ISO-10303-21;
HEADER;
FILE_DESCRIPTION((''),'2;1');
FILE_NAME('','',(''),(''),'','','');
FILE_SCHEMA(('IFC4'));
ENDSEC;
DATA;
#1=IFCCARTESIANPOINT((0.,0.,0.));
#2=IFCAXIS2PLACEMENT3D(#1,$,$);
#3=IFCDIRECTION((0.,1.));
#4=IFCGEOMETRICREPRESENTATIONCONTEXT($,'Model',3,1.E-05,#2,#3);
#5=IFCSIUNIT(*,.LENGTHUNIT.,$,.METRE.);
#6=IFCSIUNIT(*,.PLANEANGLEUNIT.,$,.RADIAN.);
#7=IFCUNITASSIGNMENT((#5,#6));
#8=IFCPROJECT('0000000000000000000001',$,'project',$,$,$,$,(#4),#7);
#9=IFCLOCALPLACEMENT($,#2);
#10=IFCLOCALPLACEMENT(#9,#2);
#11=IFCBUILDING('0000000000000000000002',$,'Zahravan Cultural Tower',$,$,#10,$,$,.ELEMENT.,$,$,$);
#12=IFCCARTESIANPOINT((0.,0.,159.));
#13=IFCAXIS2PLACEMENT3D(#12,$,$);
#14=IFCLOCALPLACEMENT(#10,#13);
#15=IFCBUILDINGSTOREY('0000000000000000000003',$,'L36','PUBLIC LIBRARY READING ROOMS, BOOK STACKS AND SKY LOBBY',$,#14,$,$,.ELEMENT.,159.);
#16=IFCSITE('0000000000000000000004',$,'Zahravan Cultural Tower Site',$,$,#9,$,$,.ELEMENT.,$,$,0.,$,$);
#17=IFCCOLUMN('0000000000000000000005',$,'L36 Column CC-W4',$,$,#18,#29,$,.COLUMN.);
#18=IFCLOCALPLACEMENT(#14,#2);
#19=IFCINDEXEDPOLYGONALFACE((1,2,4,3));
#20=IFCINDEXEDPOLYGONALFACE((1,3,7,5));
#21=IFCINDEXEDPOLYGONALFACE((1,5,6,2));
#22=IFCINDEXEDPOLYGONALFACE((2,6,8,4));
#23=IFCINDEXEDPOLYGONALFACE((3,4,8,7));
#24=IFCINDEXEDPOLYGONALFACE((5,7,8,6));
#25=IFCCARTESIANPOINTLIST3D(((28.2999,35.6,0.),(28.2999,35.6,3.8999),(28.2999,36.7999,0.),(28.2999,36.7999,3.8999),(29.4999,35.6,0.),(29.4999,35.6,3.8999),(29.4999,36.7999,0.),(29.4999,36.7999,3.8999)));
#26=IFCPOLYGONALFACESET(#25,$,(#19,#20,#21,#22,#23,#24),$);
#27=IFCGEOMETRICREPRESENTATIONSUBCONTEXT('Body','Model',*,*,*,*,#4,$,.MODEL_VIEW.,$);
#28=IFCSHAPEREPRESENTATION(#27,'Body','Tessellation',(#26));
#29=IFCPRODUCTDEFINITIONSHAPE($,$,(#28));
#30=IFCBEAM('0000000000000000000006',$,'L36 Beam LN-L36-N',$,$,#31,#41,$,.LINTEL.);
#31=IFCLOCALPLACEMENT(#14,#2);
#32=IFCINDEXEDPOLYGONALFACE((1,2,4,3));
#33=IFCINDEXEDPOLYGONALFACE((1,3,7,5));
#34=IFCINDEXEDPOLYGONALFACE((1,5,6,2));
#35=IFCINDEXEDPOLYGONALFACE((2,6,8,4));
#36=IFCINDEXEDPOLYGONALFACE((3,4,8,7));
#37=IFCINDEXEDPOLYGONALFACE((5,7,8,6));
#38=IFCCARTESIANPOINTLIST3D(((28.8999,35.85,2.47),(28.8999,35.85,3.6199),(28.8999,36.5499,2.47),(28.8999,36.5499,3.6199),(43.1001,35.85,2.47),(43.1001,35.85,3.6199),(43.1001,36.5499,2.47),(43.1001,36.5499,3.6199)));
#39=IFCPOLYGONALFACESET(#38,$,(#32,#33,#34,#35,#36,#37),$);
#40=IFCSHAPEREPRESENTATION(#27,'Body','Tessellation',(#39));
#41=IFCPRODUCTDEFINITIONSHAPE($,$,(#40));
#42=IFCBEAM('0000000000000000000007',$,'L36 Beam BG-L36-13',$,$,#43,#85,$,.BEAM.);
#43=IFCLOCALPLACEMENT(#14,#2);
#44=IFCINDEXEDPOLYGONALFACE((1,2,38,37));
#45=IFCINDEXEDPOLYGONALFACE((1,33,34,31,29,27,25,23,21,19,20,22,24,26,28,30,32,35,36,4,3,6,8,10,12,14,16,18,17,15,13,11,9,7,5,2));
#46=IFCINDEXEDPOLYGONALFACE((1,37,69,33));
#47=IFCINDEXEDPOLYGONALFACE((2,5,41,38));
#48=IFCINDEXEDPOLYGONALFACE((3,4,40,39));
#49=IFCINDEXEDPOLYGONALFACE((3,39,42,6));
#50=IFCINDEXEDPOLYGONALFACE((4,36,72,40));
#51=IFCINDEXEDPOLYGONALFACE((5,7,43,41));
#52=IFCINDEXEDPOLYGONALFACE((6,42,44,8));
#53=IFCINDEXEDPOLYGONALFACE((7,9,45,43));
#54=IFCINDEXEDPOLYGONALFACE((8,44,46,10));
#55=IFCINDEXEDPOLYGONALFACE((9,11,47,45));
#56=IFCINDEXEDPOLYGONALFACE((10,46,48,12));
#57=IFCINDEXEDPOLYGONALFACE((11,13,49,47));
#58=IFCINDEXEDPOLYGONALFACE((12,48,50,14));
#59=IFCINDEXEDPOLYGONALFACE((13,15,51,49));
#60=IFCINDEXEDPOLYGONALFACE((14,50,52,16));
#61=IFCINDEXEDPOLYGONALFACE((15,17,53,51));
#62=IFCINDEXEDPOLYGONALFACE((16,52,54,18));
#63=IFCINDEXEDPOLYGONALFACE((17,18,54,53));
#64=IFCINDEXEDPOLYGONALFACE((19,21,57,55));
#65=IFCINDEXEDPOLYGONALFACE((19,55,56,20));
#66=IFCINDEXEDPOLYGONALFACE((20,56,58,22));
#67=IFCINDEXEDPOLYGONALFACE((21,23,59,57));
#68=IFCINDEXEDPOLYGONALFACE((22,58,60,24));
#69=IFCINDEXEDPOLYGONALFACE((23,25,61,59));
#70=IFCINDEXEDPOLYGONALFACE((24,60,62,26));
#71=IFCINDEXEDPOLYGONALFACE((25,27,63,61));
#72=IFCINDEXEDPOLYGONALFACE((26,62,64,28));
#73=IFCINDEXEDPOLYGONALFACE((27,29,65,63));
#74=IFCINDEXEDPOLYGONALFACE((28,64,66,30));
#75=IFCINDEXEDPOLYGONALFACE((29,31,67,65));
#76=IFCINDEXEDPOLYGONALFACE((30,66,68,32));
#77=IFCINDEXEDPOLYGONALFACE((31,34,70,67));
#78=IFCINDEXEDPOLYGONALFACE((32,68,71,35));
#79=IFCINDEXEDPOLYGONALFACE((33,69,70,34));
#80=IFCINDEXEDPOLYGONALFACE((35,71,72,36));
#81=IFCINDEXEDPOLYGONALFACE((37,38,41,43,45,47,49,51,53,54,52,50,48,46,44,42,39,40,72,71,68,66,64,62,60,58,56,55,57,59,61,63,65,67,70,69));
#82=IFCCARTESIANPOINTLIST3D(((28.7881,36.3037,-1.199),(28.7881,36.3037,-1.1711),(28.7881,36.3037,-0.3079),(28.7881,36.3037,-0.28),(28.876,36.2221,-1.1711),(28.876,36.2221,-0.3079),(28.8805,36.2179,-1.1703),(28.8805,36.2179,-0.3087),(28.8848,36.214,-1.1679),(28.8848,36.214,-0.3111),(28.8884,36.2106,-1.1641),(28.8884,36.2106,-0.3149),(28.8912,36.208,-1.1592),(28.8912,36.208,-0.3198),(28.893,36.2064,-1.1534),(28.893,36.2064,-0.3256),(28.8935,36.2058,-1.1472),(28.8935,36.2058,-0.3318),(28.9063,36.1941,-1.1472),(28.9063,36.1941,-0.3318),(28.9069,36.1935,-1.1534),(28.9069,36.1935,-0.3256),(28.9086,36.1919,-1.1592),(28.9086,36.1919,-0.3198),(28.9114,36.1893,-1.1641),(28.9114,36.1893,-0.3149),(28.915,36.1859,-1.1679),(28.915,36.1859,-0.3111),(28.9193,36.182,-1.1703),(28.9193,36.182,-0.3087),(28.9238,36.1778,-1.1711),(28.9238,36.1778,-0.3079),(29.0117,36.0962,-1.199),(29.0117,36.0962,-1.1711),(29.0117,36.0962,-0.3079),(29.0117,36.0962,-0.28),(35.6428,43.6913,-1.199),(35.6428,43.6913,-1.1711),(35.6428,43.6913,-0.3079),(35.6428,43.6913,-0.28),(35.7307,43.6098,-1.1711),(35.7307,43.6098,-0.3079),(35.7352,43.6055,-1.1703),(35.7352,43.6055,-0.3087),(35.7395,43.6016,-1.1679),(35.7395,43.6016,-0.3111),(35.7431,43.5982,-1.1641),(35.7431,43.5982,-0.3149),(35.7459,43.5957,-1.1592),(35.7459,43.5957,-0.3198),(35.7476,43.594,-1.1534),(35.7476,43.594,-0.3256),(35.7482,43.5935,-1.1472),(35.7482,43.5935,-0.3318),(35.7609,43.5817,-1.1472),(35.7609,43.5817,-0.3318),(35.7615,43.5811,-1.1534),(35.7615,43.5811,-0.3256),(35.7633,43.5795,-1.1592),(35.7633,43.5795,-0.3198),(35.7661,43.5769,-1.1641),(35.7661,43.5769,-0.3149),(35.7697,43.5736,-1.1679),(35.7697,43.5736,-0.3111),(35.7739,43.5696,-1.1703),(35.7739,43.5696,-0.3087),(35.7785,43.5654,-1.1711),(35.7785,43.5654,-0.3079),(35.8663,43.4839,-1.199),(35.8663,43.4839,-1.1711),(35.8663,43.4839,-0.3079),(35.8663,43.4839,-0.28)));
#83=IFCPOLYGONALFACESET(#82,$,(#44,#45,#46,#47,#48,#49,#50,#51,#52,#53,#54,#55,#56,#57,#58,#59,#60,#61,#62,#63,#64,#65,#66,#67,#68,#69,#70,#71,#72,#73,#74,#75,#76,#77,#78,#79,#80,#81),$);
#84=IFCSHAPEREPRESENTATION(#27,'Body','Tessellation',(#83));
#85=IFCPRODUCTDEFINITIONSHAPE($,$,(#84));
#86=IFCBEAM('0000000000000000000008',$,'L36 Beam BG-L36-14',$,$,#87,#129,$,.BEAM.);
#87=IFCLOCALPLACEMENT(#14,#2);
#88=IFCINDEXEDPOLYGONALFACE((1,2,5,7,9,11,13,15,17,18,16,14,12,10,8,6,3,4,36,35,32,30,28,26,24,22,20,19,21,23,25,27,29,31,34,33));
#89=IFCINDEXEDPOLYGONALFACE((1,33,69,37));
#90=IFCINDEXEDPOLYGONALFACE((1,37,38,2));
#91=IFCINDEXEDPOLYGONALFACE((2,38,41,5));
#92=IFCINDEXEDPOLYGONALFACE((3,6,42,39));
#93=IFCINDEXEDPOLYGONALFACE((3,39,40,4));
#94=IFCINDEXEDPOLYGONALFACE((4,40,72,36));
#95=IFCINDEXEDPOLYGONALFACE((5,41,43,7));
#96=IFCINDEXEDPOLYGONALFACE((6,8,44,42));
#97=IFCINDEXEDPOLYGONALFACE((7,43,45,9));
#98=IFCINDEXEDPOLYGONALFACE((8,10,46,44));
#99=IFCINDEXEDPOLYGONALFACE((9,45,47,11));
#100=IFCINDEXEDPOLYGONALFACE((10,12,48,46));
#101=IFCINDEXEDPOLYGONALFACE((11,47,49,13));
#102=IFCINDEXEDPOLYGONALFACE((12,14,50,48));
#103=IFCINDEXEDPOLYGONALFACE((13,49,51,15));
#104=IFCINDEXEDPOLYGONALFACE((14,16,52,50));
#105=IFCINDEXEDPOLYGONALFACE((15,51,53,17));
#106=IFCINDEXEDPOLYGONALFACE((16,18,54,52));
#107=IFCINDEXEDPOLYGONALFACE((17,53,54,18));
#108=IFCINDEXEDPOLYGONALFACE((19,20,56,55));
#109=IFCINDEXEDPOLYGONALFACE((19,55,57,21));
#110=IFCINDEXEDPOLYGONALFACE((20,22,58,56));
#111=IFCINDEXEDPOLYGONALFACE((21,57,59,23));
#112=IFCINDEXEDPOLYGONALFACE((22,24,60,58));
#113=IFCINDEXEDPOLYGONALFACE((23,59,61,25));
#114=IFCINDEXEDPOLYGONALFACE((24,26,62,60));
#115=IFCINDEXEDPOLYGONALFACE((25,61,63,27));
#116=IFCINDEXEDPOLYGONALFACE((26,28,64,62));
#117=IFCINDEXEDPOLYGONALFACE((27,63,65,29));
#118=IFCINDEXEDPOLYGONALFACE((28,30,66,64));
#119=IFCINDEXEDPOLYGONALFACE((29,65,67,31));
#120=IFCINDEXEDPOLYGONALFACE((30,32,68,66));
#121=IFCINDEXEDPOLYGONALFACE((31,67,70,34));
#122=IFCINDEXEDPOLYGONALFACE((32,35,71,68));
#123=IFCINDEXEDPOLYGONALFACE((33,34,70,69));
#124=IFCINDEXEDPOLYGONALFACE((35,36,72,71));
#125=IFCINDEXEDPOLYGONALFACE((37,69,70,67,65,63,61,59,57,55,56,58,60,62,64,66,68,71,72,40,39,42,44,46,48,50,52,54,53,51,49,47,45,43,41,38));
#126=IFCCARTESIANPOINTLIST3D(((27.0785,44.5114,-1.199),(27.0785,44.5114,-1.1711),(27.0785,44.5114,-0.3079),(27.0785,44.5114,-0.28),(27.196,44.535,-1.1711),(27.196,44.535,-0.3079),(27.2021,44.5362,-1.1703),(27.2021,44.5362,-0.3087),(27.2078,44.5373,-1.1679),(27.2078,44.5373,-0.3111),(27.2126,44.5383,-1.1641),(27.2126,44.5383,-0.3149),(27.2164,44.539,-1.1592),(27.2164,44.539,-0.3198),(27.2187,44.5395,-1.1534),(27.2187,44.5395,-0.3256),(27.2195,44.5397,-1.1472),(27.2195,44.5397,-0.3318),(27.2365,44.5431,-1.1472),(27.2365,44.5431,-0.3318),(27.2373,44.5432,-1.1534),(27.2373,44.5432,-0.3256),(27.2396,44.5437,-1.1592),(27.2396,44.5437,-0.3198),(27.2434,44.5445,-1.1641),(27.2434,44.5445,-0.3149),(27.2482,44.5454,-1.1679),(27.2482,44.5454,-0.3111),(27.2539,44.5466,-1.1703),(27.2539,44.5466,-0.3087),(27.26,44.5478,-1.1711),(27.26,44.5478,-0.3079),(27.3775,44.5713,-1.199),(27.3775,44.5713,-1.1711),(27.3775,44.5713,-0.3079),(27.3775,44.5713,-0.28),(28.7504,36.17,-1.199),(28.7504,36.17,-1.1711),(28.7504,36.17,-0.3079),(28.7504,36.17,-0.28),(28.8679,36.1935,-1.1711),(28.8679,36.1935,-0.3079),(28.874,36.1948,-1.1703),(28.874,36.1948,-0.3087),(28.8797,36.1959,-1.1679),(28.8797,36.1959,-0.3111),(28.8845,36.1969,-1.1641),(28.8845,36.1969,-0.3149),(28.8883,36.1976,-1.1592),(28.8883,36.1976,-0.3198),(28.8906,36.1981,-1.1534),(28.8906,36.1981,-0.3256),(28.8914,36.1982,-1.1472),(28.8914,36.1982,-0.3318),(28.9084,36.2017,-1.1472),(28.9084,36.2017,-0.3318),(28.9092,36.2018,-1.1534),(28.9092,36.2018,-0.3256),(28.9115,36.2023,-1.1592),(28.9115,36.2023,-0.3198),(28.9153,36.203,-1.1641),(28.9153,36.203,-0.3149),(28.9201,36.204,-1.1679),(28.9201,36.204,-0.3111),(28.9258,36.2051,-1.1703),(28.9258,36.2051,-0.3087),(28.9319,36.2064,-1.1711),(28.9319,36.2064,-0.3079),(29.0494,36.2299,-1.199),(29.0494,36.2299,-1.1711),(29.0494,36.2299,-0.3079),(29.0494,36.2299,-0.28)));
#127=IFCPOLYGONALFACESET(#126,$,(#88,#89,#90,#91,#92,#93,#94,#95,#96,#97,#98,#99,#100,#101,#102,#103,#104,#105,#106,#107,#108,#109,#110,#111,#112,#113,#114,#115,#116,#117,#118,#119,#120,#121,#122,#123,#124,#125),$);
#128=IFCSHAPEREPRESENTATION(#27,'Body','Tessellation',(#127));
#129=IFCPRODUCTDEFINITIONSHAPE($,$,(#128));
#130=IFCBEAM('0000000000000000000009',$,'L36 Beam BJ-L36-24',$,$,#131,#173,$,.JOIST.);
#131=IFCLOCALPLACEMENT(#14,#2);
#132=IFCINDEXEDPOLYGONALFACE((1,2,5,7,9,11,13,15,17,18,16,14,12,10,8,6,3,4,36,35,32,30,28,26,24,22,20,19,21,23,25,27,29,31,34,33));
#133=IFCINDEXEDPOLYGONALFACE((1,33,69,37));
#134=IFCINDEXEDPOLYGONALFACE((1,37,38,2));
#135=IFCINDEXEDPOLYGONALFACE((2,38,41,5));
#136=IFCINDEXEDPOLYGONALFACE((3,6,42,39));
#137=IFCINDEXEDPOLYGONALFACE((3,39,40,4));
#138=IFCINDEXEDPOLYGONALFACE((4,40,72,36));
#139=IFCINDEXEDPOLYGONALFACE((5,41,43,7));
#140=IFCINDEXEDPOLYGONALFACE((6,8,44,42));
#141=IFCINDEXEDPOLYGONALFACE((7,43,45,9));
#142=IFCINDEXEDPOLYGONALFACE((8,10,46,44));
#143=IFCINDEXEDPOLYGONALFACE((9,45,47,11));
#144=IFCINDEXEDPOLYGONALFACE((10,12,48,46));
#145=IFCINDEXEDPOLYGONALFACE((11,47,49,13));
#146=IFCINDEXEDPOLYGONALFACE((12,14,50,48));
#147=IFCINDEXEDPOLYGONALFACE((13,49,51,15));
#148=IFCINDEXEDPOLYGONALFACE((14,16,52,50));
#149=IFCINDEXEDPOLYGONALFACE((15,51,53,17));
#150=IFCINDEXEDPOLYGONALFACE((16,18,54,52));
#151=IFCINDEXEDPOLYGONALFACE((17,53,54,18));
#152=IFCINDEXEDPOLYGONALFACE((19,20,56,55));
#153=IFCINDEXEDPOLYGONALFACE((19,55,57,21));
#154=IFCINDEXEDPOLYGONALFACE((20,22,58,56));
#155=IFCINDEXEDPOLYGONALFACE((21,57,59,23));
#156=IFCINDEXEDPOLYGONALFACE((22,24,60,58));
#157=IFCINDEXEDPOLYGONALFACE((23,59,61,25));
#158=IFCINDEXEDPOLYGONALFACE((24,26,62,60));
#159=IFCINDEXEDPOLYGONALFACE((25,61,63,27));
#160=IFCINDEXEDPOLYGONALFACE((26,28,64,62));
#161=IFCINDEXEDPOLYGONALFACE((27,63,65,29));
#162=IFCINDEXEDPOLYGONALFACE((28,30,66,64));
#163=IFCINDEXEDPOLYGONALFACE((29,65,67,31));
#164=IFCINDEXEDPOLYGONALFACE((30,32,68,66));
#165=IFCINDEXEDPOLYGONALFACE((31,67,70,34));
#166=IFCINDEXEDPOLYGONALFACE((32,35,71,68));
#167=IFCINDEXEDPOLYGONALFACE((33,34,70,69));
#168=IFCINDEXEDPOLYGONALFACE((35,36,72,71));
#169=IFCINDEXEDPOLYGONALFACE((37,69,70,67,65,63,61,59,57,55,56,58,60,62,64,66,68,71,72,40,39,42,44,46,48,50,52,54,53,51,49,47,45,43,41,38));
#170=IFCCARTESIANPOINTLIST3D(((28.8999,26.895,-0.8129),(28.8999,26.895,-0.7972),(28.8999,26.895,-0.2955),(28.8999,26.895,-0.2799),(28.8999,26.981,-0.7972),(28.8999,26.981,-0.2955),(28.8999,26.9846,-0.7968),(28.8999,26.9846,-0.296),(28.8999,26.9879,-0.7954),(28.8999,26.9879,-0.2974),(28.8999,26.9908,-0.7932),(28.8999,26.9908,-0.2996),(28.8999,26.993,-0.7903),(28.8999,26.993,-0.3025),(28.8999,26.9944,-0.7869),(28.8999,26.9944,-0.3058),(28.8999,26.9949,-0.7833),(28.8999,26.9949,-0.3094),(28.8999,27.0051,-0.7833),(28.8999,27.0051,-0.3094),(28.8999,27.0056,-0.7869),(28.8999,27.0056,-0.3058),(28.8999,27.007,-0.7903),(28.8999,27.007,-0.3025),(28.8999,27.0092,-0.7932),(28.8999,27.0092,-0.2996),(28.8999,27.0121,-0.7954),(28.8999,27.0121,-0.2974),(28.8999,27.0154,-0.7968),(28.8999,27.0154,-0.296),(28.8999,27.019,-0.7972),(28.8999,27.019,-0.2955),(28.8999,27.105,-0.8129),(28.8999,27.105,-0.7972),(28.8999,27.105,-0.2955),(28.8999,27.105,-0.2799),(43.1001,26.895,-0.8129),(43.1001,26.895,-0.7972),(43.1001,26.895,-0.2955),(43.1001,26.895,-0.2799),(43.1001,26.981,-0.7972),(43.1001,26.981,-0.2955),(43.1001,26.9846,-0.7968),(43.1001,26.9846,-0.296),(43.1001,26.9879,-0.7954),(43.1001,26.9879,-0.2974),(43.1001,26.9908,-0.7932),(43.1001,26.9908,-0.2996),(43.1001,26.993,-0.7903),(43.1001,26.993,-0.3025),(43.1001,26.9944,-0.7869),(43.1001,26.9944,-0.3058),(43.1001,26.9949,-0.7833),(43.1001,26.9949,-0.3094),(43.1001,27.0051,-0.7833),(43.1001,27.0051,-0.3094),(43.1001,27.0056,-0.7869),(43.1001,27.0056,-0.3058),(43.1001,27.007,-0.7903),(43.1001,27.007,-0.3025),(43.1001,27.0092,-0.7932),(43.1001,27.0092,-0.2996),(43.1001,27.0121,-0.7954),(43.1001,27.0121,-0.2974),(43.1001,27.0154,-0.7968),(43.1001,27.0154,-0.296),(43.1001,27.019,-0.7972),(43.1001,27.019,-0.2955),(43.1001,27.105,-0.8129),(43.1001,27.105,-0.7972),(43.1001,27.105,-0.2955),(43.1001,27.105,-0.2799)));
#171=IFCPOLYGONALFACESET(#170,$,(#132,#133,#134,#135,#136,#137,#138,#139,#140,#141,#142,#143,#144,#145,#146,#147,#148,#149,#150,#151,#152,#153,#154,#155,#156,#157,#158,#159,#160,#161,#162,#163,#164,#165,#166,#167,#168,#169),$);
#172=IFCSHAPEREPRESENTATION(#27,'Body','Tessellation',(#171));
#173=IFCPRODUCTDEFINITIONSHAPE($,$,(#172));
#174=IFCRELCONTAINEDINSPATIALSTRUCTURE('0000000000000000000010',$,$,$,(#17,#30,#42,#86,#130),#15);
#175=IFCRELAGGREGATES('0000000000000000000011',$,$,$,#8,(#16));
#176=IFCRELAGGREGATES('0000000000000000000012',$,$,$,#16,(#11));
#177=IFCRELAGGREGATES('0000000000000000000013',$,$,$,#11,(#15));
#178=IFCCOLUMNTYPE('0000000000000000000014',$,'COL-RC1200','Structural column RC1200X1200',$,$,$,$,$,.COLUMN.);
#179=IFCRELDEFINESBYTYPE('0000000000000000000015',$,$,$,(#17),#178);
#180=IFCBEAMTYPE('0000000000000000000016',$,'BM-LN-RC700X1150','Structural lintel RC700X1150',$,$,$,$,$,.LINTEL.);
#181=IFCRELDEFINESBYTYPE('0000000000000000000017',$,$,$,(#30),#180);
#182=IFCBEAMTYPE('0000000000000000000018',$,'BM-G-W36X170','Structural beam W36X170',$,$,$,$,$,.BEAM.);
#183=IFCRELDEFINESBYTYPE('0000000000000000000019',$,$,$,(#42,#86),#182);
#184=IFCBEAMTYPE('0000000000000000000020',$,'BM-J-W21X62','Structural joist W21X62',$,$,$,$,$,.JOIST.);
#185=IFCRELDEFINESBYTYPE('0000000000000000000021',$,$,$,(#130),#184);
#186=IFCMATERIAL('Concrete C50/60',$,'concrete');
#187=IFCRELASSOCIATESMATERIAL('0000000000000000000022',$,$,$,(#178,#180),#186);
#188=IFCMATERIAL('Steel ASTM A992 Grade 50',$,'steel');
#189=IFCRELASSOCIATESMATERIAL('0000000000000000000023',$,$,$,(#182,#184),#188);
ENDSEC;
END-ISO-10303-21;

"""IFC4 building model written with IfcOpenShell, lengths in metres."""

from ifc_helpers import new_model, si_unit, direction, frame, origin, origin_2d, place, context, subcontext, project, spatial, rectangle, i_section, extrude, source, transform, mapped, material, material_profile, profile_set, type_object, element, save


model = new_model("IFC4")

# Units and contexts
model_context = context("Model", 3, precision=1e-05, world=origin(), true_north=direction((0.0, 1.0)))
body_context = subcontext(model_context, "Body", "Model", "MODEL_VIEW")
ifc_project = project(units=[si_unit("LENGTHUNIT", "METRE"), si_unit("PLANEANGLEUNIT", "RADIAN")], contexts=[model_context])

# Site, building, storey
site_placement = place(None, origin())
site = spatial("IfcSite", under=ifc_project, at=site_placement, Name="Zahravan Cultural Tower Site", CompositionType="ELEMENT", RefElevation=0.0)
building_placement = place(site_placement, origin())
building = spatial("IfcBuilding", under=site, at=building_placement, Name="Zahravan Cultural Tower", CompositionType="ELEMENT")
storey_placement = place(building_placement, frame((0.0, 0.0, 159.0)))
storey = spatial("IfcBuildingStorey", under=building, at=storey_placement, Name="L36", Description="PUBLIC LIBRARY READING ROOMS, BOOK STACKS AND SKY LOBBY", CompositionType="ELEMENT", Elevation=159.0)

# Column
ifc_material_1 = material(Name="Concrete C50/60", Category="concrete")
ifc_material_profile_1 = material_profile(ifc_material_1, rectangle(XDim=1.2, YDim=1.2, at=origin_2d()), Name="RC1200X1200")
ifc_profile_set_1 = profile_set([ifc_material_profile_1], Name="Concrete C50/60")
column_type = type_object("IfcColumnType", Name="COL-RC1200", Description="Structural column RC1200X1200", PredefinedType="COLUMN", material=ifc_profile_set_1)
shared_shape_1 = source(origin(), body_context, "Body", "SweptSolid", [
    extrude(rectangle(XDim=1.2, YDim=1.2, at=origin_2d()), origin(), (0.0, 0.0, 1.0), 3.8999),
])
column_placement = place(storey_placement, frame((28.8999, 36.2, 0.0), z_axis=(0.0, 0.0, 1.0), x_axis=(1.0, 0.0, 0.0)))
element("IfcColumn", 1, at=column_placement, inside=storey, type_object=column_type, Name="L36 Column CC-W4", PredefinedType="COLUMN", context=body_context, shape_type="MappedRepresentation", body=[
    mapped(shared_shape_1, transform((0.0, 0.0, 0.0), x_axis=(1.0, 0.0, 0.0), y_axis=(0.0, 1.0, 0.0), z_axis=(0.0, 0.0, 1.0), scale=1.0)),
])

# Beams
ifc_material_profile_2 = material_profile(ifc_material_1, rectangle(XDim=0.7, YDim=1.1499, at=origin_2d()), Name="RC700X1150")
ifc_profile_set_2 = profile_set([ifc_material_profile_2], Name="Concrete C50/60")
beam_type_1 = type_object("IfcBeamType", Name="BM-LN-RC700X1150", Description="Structural lintel RC700X1150", PredefinedType="LINTEL", material=ifc_profile_set_2)
shared_shape_2 = source(origin(), body_context, "Body", "SweptSolid", [
    extrude(rectangle(XDim=0.7, YDim=1.1499, at=origin_2d()), origin(), (0.0, 0.0, 1.0), 14.2002),
])
beam_1_placement = place(storey_placement, frame((28.8999, 36.2, 3.0449), z_axis=(1.0, 0.0, 0.0), x_axis=(0.0, 1.0, 0.0)))
element("IfcBeam", 2, at=beam_1_placement, inside=storey, type_object=beam_type_1, Name="L36 Beam LN-L36-N", PredefinedType="LINTEL", context=body_context, shape_type="MappedRepresentation", body=[
    mapped(shared_shape_2, transform((0.0, 0.0, 0.0), x_axis=(1.0, 0.0, 0.0), y_axis=(0.0, 1.0, 0.0), z_axis=(0.0, 0.0, 1.0), scale=1.0)),
])
ifc_material_2 = material(Name="Steel ASTM A992 Grade 50", Category="steel")
ifc_material_profile_3 = material_profile(ifc_material_2, i_section(OverallWidth=0.3049, OverallDepth=0.9189, WebThickness=0.0173, FlangeThickness=0.0278, FilletRadius=0.0239, at=origin_2d()), Name="W36X170")
ifc_profile_set_3 = profile_set([ifc_material_profile_3], Name="Steel ASTM A992 Grade 50")
beam_type_2 = type_object("IfcBeamType", Name="BM-G-W36X170", Description="Structural beam W36X170", PredefinedType="BEAM", material=ifc_profile_set_3)
shared_shape_3 = source(origin(), body_context, "Body", "SweptSolid", [
    extrude(i_section(OverallWidth=0.3049, OverallDepth=0.9189, WebThickness=0.0173, FlangeThickness=0.0278, FilletRadius=0.0239, at=origin_2d()), origin(), (0.0, 0.0, 1.0), 10.0779),
])
beam_2_placement = place(storey_placement, frame((28.8999, 36.2, -0.7395), z_axis=(0.68017, 0.733054, 0.0), x_axis=(-0.733054, 0.68017, 0.0)))
element("IfcBeam", 3, at=beam_2_placement, inside=storey, type_object=beam_type_2, Name="L36 Beam BG-L36-13", PredefinedType="BEAM", context=body_context, shape_type="MappedRepresentation", body=[
    mapped(shared_shape_3, transform((0.0, 0.0, 0.0), x_axis=(1.0, 0.0, 0.0), y_axis=(0.0, 1.0, 0.0), z_axis=(0.0, 0.0, 1.0), scale=1.0)),
])
shared_shape_4 = source(origin(), body_context, "Body", "SweptSolid", [
    extrude(i_section(OverallWidth=0.3049, OverallDepth=0.9189, WebThickness=0.0173, FlangeThickness=0.0278, FilletRadius=0.0239, at=origin_2d()), origin(), (0.0, 0.0, 1.0), 8.5073),
])
beam_3_placement = place(storey_placement, frame((28.8999, 36.2, -0.7395), z_axis=(-0.196525, 0.980499, 0.0), x_axis=(-0.980499, -0.196525, 0.0)))
element("IfcBeam", 4, at=beam_3_placement, inside=storey, type_object=beam_type_2, Name="L36 Beam BG-L36-14", PredefinedType="BEAM", context=body_context, shape_type="MappedRepresentation", body=[
    mapped(shared_shape_4, transform((0.0, 0.0, 0.0), x_axis=(1.0, 0.0, 0.0), y_axis=(0.0, 1.0, 0.0), z_axis=(0.0, 0.0, 1.0), scale=1.0)),
])
ifc_material_profile_4 = material_profile(ifc_material_2, i_section(OverallWidth=0.21, OverallDepth=0.533, WebThickness=0.0103, FlangeThickness=0.0156, FilletRadius=0.0139, at=origin_2d()), Name="W21X62")
ifc_profile_set_4 = profile_set([ifc_material_profile_4], Name="Steel ASTM A992 Grade 50")
beam_type_3 = type_object("IfcBeamType", Name="BM-J-W21X62", Description="Structural joist W21X62", PredefinedType="JOIST", material=ifc_profile_set_4)
shared_shape_5 = source(origin(), body_context, "Body", "SweptSolid", [
    extrude(i_section(OverallWidth=0.21, OverallDepth=0.533, WebThickness=0.0103, FlangeThickness=0.0156, FilletRadius=0.0139, at=origin_2d()), origin(), (0.0, 0.0, 1.0), 14.2002),
])
for number, where, z_axis, x_axis, name in (
    (5, (28.8999, 27.0, -0.5464), (1.0, 0.0, 0.0), (0.0, 1.0, 0.0), "L36 Beam BJ-L36-24"),
):
    element("IfcBeam", number, at=place(storey_placement, frame(where, z_axis=z_axis, x_axis=x_axis)), inside=storey, type_object=beam_type_3, Name=name, PredefinedType="JOIST", context=body_context, shape_type="MappedRepresentation", body=[
        mapped(shared_shape_5, transform((0.0, 0.0, 0.0), x_axis=(1.0, 0.0, 0.0), y_axis=(0.0, 1.0, 0.0), z_axis=(0.0, 0.0, 1.0), scale=1.0)),
    ])

save(model, "model.ifc")
